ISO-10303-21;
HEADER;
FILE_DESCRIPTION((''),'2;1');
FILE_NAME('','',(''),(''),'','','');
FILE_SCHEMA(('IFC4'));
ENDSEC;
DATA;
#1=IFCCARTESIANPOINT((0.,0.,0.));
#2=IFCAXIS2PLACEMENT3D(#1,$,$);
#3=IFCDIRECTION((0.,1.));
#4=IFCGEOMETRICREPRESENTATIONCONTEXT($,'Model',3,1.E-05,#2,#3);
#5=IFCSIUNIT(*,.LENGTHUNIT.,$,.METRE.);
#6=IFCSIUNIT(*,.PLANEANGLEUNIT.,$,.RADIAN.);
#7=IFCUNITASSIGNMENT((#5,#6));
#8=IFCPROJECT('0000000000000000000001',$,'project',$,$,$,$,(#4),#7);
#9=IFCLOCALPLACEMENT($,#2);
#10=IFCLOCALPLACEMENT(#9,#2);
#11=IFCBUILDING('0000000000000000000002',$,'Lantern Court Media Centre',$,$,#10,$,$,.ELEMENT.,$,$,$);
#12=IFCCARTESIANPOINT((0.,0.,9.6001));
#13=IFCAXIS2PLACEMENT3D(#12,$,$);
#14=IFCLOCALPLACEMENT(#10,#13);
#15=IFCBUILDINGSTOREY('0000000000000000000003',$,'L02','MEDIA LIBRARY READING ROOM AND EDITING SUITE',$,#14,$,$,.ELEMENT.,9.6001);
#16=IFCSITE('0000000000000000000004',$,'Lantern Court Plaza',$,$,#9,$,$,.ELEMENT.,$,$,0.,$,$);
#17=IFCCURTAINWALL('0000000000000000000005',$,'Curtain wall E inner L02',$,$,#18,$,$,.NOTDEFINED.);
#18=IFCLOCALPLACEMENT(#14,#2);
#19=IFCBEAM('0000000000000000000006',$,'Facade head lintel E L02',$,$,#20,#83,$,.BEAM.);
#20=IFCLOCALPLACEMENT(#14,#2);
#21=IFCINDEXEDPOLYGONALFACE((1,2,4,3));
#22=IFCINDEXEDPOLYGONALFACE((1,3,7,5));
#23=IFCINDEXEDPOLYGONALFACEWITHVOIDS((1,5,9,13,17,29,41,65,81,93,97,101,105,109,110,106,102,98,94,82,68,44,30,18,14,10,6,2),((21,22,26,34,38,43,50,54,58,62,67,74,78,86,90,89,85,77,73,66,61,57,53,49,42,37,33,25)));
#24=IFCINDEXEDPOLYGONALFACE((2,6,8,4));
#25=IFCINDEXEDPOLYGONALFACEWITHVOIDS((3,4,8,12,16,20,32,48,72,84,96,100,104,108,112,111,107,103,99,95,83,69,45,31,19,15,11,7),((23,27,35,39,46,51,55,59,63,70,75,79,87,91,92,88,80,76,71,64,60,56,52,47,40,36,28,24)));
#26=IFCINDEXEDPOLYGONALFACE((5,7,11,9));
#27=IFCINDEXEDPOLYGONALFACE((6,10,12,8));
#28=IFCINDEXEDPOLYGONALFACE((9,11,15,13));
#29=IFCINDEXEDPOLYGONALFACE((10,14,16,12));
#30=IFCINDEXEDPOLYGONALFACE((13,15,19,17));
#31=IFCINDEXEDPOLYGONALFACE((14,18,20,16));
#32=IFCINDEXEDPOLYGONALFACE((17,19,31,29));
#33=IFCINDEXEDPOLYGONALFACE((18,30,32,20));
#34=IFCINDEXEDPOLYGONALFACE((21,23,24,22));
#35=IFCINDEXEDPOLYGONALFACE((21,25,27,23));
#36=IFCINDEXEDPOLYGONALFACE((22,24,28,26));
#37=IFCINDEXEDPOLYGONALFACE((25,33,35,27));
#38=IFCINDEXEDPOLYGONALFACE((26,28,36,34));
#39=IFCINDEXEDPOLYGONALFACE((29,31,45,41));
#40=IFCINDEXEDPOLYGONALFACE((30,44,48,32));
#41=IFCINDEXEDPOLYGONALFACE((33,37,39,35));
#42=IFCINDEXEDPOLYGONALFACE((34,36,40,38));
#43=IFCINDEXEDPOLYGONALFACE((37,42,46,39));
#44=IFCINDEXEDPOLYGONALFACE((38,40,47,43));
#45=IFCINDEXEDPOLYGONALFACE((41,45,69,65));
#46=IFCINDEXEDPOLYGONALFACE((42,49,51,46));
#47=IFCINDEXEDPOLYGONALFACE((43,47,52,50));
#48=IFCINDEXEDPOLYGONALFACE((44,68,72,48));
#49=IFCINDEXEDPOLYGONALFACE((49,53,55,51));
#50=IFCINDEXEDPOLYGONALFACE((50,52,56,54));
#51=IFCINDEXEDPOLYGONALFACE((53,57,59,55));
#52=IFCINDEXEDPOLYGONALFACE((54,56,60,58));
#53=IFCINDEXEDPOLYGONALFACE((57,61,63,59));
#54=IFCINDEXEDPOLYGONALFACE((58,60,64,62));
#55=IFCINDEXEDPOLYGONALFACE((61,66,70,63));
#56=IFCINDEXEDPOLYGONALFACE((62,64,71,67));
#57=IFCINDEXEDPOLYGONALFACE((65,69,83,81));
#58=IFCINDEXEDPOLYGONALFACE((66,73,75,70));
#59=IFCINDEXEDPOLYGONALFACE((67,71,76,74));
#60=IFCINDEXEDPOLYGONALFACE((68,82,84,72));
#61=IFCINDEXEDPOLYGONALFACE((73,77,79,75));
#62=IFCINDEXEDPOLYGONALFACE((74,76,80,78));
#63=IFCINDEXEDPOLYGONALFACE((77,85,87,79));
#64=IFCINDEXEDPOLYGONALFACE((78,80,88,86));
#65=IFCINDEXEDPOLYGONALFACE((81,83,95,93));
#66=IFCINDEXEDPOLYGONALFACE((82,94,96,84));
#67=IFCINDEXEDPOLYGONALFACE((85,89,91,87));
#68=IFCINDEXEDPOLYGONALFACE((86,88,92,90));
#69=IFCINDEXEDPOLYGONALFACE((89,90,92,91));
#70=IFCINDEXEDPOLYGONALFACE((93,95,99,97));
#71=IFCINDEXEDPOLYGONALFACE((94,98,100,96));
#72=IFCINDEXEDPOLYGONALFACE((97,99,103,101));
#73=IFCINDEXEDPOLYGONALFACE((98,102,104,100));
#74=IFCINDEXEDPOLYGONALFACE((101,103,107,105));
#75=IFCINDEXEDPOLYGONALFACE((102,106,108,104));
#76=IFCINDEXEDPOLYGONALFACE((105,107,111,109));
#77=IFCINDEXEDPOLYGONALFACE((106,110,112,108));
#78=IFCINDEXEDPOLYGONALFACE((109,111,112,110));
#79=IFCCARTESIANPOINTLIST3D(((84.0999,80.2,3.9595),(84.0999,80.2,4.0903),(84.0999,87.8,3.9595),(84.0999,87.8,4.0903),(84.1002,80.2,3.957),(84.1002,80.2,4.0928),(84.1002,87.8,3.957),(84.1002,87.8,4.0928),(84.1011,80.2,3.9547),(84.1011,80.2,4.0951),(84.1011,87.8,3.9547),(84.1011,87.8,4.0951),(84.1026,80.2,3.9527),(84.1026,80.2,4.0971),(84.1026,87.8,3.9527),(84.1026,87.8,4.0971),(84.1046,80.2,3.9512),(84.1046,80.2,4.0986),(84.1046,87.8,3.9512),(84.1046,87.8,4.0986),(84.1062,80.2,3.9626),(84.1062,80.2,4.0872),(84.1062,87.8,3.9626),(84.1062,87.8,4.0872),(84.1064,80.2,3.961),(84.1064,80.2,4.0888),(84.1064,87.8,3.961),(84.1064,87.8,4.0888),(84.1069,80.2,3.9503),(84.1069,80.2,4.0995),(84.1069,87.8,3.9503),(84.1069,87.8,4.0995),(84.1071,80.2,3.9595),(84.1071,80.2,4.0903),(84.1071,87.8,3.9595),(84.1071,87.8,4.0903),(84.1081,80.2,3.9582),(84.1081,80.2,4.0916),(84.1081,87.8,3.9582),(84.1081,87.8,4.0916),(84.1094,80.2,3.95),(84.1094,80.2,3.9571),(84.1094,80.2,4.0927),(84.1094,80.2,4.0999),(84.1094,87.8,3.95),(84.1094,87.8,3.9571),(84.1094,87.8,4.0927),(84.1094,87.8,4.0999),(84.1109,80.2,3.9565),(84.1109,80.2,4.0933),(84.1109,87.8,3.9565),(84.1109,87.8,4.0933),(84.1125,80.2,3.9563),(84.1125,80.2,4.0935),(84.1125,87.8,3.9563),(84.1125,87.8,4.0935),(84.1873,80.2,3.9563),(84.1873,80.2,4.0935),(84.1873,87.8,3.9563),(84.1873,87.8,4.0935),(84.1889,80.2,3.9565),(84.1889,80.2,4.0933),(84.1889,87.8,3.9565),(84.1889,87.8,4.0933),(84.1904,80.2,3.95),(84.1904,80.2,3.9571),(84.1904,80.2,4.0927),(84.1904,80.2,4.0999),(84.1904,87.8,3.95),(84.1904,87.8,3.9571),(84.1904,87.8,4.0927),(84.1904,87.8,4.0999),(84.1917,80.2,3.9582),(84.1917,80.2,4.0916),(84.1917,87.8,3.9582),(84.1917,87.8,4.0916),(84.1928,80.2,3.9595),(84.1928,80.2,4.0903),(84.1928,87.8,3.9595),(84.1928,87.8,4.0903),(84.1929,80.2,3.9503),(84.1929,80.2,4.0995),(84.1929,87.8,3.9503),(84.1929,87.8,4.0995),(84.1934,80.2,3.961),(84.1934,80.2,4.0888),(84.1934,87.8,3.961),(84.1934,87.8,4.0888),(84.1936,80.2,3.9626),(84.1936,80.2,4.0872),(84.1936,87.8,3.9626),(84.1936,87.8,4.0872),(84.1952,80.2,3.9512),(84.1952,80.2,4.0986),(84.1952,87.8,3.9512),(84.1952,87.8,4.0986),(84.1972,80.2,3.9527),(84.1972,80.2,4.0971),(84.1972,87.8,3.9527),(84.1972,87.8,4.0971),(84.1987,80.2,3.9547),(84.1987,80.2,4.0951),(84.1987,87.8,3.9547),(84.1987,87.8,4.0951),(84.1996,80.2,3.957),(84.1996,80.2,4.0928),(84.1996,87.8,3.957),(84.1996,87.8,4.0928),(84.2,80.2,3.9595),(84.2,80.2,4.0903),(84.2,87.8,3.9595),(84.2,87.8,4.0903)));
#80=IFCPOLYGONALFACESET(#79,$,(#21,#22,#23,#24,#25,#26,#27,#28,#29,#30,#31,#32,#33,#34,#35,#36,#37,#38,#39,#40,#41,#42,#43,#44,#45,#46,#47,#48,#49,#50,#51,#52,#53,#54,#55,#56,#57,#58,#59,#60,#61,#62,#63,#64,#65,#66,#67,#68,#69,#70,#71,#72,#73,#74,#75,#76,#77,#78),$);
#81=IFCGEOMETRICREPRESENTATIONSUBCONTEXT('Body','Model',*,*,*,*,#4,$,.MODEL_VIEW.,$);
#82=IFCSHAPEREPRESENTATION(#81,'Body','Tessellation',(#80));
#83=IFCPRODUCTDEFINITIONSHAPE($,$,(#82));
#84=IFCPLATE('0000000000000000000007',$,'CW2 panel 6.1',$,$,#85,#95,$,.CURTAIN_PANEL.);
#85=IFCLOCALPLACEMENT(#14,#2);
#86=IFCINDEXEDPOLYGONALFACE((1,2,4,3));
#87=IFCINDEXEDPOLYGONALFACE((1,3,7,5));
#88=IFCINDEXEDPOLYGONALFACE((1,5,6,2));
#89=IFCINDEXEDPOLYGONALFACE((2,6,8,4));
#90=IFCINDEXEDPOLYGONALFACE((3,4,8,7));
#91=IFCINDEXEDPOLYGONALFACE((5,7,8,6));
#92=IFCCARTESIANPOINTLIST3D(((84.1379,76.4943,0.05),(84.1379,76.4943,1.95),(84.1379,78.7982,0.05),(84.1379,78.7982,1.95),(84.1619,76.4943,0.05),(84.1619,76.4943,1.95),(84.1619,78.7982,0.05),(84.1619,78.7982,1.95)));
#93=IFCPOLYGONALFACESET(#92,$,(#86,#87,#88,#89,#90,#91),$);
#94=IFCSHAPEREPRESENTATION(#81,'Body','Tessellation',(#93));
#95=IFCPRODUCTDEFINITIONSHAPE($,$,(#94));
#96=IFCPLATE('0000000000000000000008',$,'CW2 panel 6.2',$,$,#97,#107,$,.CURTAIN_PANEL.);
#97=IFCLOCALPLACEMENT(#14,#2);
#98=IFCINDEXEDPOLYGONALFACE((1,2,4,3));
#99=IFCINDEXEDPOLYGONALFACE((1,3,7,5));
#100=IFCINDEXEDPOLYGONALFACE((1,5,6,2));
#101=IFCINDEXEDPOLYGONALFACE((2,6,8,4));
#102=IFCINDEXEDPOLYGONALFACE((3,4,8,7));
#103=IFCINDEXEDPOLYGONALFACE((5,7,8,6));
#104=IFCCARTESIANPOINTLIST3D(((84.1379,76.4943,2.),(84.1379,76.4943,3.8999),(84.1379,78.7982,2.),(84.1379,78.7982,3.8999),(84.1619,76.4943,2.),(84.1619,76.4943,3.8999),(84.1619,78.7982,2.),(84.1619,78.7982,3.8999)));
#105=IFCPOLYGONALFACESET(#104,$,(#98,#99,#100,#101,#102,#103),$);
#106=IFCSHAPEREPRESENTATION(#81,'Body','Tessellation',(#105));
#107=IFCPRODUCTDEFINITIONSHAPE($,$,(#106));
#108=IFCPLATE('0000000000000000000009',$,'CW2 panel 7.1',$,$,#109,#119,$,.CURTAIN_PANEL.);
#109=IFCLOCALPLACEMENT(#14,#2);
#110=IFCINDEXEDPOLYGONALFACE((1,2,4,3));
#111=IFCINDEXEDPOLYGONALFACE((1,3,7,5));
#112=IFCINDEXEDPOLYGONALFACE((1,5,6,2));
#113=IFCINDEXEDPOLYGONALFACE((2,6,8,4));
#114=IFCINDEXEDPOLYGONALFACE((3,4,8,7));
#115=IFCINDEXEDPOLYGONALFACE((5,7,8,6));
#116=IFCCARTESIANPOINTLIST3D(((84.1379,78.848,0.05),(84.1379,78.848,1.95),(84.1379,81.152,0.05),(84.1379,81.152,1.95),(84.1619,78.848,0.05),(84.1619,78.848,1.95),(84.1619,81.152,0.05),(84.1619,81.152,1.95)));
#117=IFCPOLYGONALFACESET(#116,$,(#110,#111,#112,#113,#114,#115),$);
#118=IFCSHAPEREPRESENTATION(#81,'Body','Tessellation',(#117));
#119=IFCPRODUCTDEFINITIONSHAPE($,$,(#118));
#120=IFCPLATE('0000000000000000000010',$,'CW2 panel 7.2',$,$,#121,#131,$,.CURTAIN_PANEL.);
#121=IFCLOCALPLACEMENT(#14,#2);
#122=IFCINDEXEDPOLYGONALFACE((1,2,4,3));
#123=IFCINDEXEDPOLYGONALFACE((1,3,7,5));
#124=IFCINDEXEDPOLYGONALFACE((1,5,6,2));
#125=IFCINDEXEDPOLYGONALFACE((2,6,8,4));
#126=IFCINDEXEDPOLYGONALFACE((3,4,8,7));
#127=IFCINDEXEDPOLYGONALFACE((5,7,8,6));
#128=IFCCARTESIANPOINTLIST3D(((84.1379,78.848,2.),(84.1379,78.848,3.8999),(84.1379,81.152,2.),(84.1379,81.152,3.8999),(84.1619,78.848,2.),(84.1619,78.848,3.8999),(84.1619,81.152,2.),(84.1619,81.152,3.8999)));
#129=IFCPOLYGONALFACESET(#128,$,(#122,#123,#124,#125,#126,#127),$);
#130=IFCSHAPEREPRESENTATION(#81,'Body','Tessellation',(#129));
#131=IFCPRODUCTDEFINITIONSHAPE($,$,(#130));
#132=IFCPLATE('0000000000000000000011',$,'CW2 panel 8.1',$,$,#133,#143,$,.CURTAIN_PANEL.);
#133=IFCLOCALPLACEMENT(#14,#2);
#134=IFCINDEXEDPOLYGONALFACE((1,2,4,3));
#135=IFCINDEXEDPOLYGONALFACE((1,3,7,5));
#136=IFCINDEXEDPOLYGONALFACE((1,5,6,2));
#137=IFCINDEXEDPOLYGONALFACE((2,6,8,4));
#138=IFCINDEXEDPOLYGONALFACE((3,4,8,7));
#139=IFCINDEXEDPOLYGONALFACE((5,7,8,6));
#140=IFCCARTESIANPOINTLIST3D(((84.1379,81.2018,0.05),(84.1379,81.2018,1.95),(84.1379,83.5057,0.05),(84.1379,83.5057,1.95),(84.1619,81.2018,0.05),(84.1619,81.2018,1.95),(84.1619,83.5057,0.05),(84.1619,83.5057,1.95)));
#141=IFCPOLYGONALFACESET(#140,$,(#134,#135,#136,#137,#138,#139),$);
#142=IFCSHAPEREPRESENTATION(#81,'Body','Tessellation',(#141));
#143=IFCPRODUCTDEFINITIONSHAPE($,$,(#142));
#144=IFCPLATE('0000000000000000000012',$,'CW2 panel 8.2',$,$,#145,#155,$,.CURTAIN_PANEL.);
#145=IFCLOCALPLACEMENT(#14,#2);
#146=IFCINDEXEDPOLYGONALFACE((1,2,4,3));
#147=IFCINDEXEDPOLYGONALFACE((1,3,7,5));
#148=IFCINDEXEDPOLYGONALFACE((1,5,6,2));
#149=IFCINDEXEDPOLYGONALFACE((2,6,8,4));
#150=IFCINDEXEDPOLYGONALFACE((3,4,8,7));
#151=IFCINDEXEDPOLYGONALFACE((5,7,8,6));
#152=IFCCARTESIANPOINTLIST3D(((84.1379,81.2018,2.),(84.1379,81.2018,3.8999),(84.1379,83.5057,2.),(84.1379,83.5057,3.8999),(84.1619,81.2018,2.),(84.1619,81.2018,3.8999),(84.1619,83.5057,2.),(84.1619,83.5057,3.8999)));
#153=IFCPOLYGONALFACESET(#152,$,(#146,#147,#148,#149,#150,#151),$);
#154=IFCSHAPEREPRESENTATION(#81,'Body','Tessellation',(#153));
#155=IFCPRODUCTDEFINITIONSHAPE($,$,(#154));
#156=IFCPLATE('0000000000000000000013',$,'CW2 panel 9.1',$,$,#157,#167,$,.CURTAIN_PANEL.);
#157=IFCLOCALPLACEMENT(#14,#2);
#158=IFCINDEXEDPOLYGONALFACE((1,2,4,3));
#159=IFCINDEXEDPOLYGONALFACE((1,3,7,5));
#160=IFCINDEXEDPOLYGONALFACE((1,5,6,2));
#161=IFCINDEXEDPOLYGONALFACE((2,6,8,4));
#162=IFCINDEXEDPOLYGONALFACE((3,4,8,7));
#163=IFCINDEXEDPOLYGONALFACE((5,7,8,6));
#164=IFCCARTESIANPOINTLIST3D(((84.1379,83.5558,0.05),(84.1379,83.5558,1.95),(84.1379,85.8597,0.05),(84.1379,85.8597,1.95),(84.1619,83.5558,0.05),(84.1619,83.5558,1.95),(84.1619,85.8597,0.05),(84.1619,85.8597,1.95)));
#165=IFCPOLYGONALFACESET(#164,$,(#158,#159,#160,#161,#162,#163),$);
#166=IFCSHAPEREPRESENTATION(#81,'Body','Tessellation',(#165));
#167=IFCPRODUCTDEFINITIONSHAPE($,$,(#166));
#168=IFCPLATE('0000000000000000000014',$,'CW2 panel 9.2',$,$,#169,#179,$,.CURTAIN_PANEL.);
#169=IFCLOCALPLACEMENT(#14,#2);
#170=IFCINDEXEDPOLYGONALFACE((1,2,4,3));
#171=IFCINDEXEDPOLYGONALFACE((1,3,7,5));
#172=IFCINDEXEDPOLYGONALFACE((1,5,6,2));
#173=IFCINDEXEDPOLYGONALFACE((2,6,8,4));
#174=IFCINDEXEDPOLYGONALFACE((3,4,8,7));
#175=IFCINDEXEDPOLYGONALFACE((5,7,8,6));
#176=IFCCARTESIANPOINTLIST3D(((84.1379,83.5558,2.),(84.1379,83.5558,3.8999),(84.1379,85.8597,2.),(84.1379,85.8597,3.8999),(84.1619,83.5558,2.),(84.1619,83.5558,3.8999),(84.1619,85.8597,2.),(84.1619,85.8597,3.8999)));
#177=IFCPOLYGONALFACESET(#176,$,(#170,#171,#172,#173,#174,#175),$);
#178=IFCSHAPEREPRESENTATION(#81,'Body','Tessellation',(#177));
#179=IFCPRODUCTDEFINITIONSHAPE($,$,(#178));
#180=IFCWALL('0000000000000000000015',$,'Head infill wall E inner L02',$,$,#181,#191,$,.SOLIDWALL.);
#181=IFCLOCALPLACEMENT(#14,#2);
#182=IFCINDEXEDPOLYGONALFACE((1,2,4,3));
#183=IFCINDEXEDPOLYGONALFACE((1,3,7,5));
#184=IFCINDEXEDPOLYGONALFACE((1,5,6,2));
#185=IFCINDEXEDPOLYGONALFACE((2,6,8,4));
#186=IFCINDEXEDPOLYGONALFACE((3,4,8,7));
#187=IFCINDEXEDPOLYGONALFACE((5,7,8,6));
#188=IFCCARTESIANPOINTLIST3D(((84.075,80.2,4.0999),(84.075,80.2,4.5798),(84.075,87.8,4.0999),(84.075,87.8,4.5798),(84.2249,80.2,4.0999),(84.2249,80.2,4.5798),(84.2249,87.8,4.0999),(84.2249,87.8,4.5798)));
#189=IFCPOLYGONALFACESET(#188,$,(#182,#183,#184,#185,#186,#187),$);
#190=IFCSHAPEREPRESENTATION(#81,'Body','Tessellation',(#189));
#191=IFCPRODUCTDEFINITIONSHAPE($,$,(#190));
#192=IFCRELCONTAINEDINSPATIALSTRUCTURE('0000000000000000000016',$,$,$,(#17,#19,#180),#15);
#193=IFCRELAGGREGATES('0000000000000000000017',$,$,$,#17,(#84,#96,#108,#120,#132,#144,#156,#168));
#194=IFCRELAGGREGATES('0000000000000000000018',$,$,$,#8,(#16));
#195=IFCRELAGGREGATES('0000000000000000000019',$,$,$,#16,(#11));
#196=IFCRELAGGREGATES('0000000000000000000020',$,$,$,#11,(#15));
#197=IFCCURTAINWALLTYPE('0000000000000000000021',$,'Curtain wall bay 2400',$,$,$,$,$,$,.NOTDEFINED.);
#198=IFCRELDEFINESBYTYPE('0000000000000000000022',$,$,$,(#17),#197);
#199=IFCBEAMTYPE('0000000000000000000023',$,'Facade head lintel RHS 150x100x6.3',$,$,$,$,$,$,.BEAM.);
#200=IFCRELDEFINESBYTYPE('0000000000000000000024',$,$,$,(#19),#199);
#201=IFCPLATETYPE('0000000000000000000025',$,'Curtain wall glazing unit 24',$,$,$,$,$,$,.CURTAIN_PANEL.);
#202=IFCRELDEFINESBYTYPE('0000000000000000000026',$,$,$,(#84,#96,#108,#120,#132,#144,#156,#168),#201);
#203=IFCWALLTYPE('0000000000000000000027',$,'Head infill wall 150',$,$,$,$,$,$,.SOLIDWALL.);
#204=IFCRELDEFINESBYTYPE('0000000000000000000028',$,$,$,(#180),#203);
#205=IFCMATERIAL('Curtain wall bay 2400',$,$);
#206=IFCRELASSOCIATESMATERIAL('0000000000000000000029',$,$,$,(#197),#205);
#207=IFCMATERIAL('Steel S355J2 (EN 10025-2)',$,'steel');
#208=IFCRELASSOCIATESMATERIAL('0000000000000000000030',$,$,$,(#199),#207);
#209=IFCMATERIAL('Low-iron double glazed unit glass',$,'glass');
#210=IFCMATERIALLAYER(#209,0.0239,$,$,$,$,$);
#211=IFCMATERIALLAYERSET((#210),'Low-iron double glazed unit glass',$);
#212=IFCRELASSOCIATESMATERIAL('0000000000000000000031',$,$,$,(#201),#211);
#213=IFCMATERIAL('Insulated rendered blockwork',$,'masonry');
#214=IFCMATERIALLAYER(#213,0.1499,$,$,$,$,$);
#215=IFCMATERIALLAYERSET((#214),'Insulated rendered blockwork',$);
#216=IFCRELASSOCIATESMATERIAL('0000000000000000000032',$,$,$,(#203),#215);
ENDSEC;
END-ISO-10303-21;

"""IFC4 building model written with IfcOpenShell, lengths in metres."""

from ifc_helpers import new_model, si_unit, direction, frame, frame_2d, origin, origin_2d, place, context, subcontext, project, spatial, rectangle, hollow_rectangle, extrude, material, layer, layer_set, material_profile, profile_set, type_object, element, aggregate, save


model = new_model("IFC4")

# Units and contexts
model_context = context("Model", 3, precision=1e-05, world=origin(), true_north=direction((0.0, 1.0)))
body_context = subcontext(model_context, "Body", "Model", "MODEL_VIEW")
ifc_project = project(units=[si_unit("LENGTHUNIT", "METRE"), si_unit("PLANEANGLEUNIT", "RADIAN")], contexts=[model_context])

# Site, building, storey
site_placement = place(None, origin())
site = spatial("IfcSite", under=ifc_project, at=site_placement, Name="Lantern Court Plaza", CompositionType="ELEMENT", RefElevation=0.0)
building_placement = place(site_placement, origin())
building = spatial("IfcBuilding", under=site, at=building_placement, Name="Lantern Court Media Centre", CompositionType="ELEMENT")
storey_placement = place(building_placement, frame((0.0, 0.0, 9.6001)))
storey = spatial("IfcBuildingStorey", under=building, at=storey_placement, Name="L02", Description="MEDIA LIBRARY READING ROOM AND EDITING SUITE", CompositionType="ELEMENT", Elevation=9.6001)

# Curtain wall
ifc_material_1 = material(Name="Curtain wall bay 2400")
curtain_wall_type = type_object("IfcCurtainWallType", Name="Curtain wall bay 2400", PredefinedType="NOTDEFINED", material=ifc_material_1)
curtain_wall_placement = place(storey_placement, origin())
curtain_wall = element("IfcCurtainWall", 1, at=curtain_wall_placement, inside=storey, type_object=curtain_wall_type, Name="Curtain wall E inner L02", PredefinedType="NOTDEFINED")

# Beam
ifc_material_2 = material(Name="Steel S355J2 (EN 10025-2)", Category="steel")
ifc_material_profile_1 = material_profile(ifc_material_2, hollow_rectangle(XDim=0.1001, YDim=0.1499, WallThickness=0.0063, InnerFilletRadius=0.0063, OuterFilletRadius=0.0095, at=origin_2d()), Name="Facade head lintel RHS 150x100x6.3")
ifc_profile_set_1 = profile_set([ifc_material_profile_1], Name="Steel S355J2 (EN 10025-2)")
beam_type = type_object("IfcBeamType", Name="Facade head lintel RHS 150x100x6.3", PredefinedType="BEAM", material=ifc_profile_set_1)
beam_placement = place(storey_placement, frame((84.1499, 80.2, 4.0249), z_axis=(0.0, 1.0, 0.0), x_axis=(-1.0, 0.0, 0.0)))
element("IfcBeam", 2, at=beam_placement, inside=storey, type_object=beam_type, Name="Facade head lintel E L02", PredefinedType="BEAM", context=body_context, shape_type="SweptSolid", body=[
    extrude(hollow_rectangle(XDim=0.1001, YDim=0.1499, WallThickness=0.0063, InnerFilletRadius=0.0063, OuterFilletRadius=0.0095, at=origin_2d()), origin(), (0.0, 0.0, 1.0), 7.6001),
])

# Plates
ifc_material_3 = material(Name="Low-iron double glazed unit glass", Category="glass")
ifc_layer_1 = layer(ifc_material_3, 0.0239)
ifc_layer_set_1 = layer_set([ifc_layer_1], Name="Low-iron double glazed unit glass")
plate_type = type_object("IfcPlateType", Name="Curtain wall glazing unit 24", PredefinedType="CURTAIN_PANEL", material=ifc_layer_set_1)
plate_1_placement = place(storey_placement, frame((84.1499, 77.6462, 0.05), z_axis=(0.0, 0.0, 1.0), x_axis=(0.0, 1.0, 0.0)))
plate_1 = element("IfcPlate", 3, at=plate_1_placement, type_object=plate_type, Name="CW2 panel 6.1", PredefinedType="CURTAIN_PANEL", context=body_context, shape_type="SweptSolid", body=[
    extrude(rectangle(XDim=2.304, YDim=0.0239, at=origin_2d()), origin(), (0.0, 0.0, 1.0), 1.8999),
])
plate_2_placement = place(storey_placement, frame((84.1499, 77.6462, 2.0), z_axis=(0.0, 0.0, 1.0), x_axis=(0.0, 1.0, 0.0)))
plate_2 = element("IfcPlate", 4, at=plate_2_placement, type_object=plate_type, Name="CW2 panel 6.2", PredefinedType="CURTAIN_PANEL", context=body_context, shape_type="SweptSolid", body=[
    extrude(rectangle(XDim=2.304, YDim=0.0239, at=origin_2d()), origin(), (0.0, 0.0, 1.0), 1.8999),
])
plate_3_placement = place(storey_placement, frame((84.1499, 80.0, 0.05), z_axis=(0.0, 0.0, 1.0), x_axis=(0.0, 1.0, 0.0)))
plate_3 = element("IfcPlate", 5, at=plate_3_placement, type_object=plate_type, Name="CW2 panel 7.1", PredefinedType="CURTAIN_PANEL", context=body_context, shape_type="SweptSolid", body=[
    extrude(rectangle(XDim=2.304, YDim=0.0239, at=origin_2d()), origin(), (0.0, 0.0, 1.0), 1.8999),
])
plate_4_placement = place(storey_placement, frame((84.1499, 80.0, 2.0), z_axis=(0.0, 0.0, 1.0), x_axis=(0.0, 1.0, 0.0)))
plate_4 = element("IfcPlate", 6, at=plate_4_placement, type_object=plate_type, Name="CW2 panel 7.2", PredefinedType="CURTAIN_PANEL", context=body_context, shape_type="SweptSolid", body=[
    extrude(rectangle(XDim=2.304, YDim=0.0239, at=origin_2d()), origin(), (0.0, 0.0, 1.0), 1.8999),
])
plate_5_placement = place(storey_placement, frame((84.1499, 82.3538, 0.05), z_axis=(0.0, 0.0, 1.0), x_axis=(0.0, 1.0, 0.0)))
plate_5 = element("IfcPlate", 7, at=plate_5_placement, type_object=plate_type, Name="CW2 panel 8.1", PredefinedType="CURTAIN_PANEL", context=body_context, shape_type="SweptSolid", body=[
    extrude(rectangle(XDim=2.304, YDim=0.0239, at=origin_2d()), origin(), (0.0, 0.0, 1.0), 1.8999),
])
plate_6_placement = place(storey_placement, frame((84.1499, 82.3538, 2.0), z_axis=(0.0, 0.0, 1.0), x_axis=(0.0, 1.0, 0.0)))
plate_6 = element("IfcPlate", 8, at=plate_6_placement, type_object=plate_type, Name="CW2 panel 8.2", PredefinedType="CURTAIN_PANEL", context=body_context, shape_type="SweptSolid", body=[
    extrude(rectangle(XDim=2.304, YDim=0.0239, at=origin_2d()), origin(), (0.0, 0.0, 1.0), 1.8999),
])
plate_7_placement = place(storey_placement, frame((84.1499, 84.7078, 0.05), z_axis=(0.0, 0.0, 1.0), x_axis=(0.0, 1.0, 0.0)))
plate_7 = element("IfcPlate", 9, at=plate_7_placement, type_object=plate_type, Name="CW2 panel 9.1", PredefinedType="CURTAIN_PANEL", context=body_context, shape_type="SweptSolid", body=[
    extrude(rectangle(XDim=2.304, YDim=0.0239, at=origin_2d()), origin(), (0.0, 0.0, 1.0), 1.8999),
])
plate_8_placement = place(storey_placement, frame((84.1499, 84.7078, 2.0), z_axis=(0.0, 0.0, 1.0), x_axis=(0.0, 1.0, 0.0)))
plate_8 = element("IfcPlate", 10, at=plate_8_placement, type_object=plate_type, Name="CW2 panel 9.2", PredefinedType="CURTAIN_PANEL", context=body_context, shape_type="SweptSolid", body=[
    extrude(rectangle(XDim=2.304, YDim=0.0239, at=origin_2d()), origin(), (0.0, 0.0, 1.0), 1.8999),
])
aggregate(curtain_wall, [plate_1, plate_2, plate_3, plate_4, plate_5, plate_6, plate_7, plate_8])

# Wall
ifc_material_4 = material(Name="Insulated rendered blockwork", Category="masonry")
ifc_layer_2 = layer(ifc_material_4, 0.1499)
ifc_layer_set_2 = layer_set([ifc_layer_2], Name="Insulated rendered blockwork")
wall_type_1 = type_object("IfcWallType", Name="Head infill wall 150", PredefinedType="SOLIDWALL", material=ifc_layer_set_2)
wall_1_placement = place(storey_placement, frame((84.1499, 80.2, 4.0999), z_axis=(0.0, 0.0, 1.0), x_axis=(0.0, 1.0, 0.0)))
element("IfcWall", 11, at=wall_1_placement, inside=storey, type_object=wall_type_1, Name="Head infill wall E inner L02", PredefinedType="SOLIDWALL", context=body_context, shape_type="SweptSolid", body=[
    extrude(rectangle(XDim=7.6001, YDim=0.1499, at=frame_2d((3.8, 0.0))), origin(), (0.0, 0.0, 1.0), 0.48),
])

save(model, "model.ifc")
